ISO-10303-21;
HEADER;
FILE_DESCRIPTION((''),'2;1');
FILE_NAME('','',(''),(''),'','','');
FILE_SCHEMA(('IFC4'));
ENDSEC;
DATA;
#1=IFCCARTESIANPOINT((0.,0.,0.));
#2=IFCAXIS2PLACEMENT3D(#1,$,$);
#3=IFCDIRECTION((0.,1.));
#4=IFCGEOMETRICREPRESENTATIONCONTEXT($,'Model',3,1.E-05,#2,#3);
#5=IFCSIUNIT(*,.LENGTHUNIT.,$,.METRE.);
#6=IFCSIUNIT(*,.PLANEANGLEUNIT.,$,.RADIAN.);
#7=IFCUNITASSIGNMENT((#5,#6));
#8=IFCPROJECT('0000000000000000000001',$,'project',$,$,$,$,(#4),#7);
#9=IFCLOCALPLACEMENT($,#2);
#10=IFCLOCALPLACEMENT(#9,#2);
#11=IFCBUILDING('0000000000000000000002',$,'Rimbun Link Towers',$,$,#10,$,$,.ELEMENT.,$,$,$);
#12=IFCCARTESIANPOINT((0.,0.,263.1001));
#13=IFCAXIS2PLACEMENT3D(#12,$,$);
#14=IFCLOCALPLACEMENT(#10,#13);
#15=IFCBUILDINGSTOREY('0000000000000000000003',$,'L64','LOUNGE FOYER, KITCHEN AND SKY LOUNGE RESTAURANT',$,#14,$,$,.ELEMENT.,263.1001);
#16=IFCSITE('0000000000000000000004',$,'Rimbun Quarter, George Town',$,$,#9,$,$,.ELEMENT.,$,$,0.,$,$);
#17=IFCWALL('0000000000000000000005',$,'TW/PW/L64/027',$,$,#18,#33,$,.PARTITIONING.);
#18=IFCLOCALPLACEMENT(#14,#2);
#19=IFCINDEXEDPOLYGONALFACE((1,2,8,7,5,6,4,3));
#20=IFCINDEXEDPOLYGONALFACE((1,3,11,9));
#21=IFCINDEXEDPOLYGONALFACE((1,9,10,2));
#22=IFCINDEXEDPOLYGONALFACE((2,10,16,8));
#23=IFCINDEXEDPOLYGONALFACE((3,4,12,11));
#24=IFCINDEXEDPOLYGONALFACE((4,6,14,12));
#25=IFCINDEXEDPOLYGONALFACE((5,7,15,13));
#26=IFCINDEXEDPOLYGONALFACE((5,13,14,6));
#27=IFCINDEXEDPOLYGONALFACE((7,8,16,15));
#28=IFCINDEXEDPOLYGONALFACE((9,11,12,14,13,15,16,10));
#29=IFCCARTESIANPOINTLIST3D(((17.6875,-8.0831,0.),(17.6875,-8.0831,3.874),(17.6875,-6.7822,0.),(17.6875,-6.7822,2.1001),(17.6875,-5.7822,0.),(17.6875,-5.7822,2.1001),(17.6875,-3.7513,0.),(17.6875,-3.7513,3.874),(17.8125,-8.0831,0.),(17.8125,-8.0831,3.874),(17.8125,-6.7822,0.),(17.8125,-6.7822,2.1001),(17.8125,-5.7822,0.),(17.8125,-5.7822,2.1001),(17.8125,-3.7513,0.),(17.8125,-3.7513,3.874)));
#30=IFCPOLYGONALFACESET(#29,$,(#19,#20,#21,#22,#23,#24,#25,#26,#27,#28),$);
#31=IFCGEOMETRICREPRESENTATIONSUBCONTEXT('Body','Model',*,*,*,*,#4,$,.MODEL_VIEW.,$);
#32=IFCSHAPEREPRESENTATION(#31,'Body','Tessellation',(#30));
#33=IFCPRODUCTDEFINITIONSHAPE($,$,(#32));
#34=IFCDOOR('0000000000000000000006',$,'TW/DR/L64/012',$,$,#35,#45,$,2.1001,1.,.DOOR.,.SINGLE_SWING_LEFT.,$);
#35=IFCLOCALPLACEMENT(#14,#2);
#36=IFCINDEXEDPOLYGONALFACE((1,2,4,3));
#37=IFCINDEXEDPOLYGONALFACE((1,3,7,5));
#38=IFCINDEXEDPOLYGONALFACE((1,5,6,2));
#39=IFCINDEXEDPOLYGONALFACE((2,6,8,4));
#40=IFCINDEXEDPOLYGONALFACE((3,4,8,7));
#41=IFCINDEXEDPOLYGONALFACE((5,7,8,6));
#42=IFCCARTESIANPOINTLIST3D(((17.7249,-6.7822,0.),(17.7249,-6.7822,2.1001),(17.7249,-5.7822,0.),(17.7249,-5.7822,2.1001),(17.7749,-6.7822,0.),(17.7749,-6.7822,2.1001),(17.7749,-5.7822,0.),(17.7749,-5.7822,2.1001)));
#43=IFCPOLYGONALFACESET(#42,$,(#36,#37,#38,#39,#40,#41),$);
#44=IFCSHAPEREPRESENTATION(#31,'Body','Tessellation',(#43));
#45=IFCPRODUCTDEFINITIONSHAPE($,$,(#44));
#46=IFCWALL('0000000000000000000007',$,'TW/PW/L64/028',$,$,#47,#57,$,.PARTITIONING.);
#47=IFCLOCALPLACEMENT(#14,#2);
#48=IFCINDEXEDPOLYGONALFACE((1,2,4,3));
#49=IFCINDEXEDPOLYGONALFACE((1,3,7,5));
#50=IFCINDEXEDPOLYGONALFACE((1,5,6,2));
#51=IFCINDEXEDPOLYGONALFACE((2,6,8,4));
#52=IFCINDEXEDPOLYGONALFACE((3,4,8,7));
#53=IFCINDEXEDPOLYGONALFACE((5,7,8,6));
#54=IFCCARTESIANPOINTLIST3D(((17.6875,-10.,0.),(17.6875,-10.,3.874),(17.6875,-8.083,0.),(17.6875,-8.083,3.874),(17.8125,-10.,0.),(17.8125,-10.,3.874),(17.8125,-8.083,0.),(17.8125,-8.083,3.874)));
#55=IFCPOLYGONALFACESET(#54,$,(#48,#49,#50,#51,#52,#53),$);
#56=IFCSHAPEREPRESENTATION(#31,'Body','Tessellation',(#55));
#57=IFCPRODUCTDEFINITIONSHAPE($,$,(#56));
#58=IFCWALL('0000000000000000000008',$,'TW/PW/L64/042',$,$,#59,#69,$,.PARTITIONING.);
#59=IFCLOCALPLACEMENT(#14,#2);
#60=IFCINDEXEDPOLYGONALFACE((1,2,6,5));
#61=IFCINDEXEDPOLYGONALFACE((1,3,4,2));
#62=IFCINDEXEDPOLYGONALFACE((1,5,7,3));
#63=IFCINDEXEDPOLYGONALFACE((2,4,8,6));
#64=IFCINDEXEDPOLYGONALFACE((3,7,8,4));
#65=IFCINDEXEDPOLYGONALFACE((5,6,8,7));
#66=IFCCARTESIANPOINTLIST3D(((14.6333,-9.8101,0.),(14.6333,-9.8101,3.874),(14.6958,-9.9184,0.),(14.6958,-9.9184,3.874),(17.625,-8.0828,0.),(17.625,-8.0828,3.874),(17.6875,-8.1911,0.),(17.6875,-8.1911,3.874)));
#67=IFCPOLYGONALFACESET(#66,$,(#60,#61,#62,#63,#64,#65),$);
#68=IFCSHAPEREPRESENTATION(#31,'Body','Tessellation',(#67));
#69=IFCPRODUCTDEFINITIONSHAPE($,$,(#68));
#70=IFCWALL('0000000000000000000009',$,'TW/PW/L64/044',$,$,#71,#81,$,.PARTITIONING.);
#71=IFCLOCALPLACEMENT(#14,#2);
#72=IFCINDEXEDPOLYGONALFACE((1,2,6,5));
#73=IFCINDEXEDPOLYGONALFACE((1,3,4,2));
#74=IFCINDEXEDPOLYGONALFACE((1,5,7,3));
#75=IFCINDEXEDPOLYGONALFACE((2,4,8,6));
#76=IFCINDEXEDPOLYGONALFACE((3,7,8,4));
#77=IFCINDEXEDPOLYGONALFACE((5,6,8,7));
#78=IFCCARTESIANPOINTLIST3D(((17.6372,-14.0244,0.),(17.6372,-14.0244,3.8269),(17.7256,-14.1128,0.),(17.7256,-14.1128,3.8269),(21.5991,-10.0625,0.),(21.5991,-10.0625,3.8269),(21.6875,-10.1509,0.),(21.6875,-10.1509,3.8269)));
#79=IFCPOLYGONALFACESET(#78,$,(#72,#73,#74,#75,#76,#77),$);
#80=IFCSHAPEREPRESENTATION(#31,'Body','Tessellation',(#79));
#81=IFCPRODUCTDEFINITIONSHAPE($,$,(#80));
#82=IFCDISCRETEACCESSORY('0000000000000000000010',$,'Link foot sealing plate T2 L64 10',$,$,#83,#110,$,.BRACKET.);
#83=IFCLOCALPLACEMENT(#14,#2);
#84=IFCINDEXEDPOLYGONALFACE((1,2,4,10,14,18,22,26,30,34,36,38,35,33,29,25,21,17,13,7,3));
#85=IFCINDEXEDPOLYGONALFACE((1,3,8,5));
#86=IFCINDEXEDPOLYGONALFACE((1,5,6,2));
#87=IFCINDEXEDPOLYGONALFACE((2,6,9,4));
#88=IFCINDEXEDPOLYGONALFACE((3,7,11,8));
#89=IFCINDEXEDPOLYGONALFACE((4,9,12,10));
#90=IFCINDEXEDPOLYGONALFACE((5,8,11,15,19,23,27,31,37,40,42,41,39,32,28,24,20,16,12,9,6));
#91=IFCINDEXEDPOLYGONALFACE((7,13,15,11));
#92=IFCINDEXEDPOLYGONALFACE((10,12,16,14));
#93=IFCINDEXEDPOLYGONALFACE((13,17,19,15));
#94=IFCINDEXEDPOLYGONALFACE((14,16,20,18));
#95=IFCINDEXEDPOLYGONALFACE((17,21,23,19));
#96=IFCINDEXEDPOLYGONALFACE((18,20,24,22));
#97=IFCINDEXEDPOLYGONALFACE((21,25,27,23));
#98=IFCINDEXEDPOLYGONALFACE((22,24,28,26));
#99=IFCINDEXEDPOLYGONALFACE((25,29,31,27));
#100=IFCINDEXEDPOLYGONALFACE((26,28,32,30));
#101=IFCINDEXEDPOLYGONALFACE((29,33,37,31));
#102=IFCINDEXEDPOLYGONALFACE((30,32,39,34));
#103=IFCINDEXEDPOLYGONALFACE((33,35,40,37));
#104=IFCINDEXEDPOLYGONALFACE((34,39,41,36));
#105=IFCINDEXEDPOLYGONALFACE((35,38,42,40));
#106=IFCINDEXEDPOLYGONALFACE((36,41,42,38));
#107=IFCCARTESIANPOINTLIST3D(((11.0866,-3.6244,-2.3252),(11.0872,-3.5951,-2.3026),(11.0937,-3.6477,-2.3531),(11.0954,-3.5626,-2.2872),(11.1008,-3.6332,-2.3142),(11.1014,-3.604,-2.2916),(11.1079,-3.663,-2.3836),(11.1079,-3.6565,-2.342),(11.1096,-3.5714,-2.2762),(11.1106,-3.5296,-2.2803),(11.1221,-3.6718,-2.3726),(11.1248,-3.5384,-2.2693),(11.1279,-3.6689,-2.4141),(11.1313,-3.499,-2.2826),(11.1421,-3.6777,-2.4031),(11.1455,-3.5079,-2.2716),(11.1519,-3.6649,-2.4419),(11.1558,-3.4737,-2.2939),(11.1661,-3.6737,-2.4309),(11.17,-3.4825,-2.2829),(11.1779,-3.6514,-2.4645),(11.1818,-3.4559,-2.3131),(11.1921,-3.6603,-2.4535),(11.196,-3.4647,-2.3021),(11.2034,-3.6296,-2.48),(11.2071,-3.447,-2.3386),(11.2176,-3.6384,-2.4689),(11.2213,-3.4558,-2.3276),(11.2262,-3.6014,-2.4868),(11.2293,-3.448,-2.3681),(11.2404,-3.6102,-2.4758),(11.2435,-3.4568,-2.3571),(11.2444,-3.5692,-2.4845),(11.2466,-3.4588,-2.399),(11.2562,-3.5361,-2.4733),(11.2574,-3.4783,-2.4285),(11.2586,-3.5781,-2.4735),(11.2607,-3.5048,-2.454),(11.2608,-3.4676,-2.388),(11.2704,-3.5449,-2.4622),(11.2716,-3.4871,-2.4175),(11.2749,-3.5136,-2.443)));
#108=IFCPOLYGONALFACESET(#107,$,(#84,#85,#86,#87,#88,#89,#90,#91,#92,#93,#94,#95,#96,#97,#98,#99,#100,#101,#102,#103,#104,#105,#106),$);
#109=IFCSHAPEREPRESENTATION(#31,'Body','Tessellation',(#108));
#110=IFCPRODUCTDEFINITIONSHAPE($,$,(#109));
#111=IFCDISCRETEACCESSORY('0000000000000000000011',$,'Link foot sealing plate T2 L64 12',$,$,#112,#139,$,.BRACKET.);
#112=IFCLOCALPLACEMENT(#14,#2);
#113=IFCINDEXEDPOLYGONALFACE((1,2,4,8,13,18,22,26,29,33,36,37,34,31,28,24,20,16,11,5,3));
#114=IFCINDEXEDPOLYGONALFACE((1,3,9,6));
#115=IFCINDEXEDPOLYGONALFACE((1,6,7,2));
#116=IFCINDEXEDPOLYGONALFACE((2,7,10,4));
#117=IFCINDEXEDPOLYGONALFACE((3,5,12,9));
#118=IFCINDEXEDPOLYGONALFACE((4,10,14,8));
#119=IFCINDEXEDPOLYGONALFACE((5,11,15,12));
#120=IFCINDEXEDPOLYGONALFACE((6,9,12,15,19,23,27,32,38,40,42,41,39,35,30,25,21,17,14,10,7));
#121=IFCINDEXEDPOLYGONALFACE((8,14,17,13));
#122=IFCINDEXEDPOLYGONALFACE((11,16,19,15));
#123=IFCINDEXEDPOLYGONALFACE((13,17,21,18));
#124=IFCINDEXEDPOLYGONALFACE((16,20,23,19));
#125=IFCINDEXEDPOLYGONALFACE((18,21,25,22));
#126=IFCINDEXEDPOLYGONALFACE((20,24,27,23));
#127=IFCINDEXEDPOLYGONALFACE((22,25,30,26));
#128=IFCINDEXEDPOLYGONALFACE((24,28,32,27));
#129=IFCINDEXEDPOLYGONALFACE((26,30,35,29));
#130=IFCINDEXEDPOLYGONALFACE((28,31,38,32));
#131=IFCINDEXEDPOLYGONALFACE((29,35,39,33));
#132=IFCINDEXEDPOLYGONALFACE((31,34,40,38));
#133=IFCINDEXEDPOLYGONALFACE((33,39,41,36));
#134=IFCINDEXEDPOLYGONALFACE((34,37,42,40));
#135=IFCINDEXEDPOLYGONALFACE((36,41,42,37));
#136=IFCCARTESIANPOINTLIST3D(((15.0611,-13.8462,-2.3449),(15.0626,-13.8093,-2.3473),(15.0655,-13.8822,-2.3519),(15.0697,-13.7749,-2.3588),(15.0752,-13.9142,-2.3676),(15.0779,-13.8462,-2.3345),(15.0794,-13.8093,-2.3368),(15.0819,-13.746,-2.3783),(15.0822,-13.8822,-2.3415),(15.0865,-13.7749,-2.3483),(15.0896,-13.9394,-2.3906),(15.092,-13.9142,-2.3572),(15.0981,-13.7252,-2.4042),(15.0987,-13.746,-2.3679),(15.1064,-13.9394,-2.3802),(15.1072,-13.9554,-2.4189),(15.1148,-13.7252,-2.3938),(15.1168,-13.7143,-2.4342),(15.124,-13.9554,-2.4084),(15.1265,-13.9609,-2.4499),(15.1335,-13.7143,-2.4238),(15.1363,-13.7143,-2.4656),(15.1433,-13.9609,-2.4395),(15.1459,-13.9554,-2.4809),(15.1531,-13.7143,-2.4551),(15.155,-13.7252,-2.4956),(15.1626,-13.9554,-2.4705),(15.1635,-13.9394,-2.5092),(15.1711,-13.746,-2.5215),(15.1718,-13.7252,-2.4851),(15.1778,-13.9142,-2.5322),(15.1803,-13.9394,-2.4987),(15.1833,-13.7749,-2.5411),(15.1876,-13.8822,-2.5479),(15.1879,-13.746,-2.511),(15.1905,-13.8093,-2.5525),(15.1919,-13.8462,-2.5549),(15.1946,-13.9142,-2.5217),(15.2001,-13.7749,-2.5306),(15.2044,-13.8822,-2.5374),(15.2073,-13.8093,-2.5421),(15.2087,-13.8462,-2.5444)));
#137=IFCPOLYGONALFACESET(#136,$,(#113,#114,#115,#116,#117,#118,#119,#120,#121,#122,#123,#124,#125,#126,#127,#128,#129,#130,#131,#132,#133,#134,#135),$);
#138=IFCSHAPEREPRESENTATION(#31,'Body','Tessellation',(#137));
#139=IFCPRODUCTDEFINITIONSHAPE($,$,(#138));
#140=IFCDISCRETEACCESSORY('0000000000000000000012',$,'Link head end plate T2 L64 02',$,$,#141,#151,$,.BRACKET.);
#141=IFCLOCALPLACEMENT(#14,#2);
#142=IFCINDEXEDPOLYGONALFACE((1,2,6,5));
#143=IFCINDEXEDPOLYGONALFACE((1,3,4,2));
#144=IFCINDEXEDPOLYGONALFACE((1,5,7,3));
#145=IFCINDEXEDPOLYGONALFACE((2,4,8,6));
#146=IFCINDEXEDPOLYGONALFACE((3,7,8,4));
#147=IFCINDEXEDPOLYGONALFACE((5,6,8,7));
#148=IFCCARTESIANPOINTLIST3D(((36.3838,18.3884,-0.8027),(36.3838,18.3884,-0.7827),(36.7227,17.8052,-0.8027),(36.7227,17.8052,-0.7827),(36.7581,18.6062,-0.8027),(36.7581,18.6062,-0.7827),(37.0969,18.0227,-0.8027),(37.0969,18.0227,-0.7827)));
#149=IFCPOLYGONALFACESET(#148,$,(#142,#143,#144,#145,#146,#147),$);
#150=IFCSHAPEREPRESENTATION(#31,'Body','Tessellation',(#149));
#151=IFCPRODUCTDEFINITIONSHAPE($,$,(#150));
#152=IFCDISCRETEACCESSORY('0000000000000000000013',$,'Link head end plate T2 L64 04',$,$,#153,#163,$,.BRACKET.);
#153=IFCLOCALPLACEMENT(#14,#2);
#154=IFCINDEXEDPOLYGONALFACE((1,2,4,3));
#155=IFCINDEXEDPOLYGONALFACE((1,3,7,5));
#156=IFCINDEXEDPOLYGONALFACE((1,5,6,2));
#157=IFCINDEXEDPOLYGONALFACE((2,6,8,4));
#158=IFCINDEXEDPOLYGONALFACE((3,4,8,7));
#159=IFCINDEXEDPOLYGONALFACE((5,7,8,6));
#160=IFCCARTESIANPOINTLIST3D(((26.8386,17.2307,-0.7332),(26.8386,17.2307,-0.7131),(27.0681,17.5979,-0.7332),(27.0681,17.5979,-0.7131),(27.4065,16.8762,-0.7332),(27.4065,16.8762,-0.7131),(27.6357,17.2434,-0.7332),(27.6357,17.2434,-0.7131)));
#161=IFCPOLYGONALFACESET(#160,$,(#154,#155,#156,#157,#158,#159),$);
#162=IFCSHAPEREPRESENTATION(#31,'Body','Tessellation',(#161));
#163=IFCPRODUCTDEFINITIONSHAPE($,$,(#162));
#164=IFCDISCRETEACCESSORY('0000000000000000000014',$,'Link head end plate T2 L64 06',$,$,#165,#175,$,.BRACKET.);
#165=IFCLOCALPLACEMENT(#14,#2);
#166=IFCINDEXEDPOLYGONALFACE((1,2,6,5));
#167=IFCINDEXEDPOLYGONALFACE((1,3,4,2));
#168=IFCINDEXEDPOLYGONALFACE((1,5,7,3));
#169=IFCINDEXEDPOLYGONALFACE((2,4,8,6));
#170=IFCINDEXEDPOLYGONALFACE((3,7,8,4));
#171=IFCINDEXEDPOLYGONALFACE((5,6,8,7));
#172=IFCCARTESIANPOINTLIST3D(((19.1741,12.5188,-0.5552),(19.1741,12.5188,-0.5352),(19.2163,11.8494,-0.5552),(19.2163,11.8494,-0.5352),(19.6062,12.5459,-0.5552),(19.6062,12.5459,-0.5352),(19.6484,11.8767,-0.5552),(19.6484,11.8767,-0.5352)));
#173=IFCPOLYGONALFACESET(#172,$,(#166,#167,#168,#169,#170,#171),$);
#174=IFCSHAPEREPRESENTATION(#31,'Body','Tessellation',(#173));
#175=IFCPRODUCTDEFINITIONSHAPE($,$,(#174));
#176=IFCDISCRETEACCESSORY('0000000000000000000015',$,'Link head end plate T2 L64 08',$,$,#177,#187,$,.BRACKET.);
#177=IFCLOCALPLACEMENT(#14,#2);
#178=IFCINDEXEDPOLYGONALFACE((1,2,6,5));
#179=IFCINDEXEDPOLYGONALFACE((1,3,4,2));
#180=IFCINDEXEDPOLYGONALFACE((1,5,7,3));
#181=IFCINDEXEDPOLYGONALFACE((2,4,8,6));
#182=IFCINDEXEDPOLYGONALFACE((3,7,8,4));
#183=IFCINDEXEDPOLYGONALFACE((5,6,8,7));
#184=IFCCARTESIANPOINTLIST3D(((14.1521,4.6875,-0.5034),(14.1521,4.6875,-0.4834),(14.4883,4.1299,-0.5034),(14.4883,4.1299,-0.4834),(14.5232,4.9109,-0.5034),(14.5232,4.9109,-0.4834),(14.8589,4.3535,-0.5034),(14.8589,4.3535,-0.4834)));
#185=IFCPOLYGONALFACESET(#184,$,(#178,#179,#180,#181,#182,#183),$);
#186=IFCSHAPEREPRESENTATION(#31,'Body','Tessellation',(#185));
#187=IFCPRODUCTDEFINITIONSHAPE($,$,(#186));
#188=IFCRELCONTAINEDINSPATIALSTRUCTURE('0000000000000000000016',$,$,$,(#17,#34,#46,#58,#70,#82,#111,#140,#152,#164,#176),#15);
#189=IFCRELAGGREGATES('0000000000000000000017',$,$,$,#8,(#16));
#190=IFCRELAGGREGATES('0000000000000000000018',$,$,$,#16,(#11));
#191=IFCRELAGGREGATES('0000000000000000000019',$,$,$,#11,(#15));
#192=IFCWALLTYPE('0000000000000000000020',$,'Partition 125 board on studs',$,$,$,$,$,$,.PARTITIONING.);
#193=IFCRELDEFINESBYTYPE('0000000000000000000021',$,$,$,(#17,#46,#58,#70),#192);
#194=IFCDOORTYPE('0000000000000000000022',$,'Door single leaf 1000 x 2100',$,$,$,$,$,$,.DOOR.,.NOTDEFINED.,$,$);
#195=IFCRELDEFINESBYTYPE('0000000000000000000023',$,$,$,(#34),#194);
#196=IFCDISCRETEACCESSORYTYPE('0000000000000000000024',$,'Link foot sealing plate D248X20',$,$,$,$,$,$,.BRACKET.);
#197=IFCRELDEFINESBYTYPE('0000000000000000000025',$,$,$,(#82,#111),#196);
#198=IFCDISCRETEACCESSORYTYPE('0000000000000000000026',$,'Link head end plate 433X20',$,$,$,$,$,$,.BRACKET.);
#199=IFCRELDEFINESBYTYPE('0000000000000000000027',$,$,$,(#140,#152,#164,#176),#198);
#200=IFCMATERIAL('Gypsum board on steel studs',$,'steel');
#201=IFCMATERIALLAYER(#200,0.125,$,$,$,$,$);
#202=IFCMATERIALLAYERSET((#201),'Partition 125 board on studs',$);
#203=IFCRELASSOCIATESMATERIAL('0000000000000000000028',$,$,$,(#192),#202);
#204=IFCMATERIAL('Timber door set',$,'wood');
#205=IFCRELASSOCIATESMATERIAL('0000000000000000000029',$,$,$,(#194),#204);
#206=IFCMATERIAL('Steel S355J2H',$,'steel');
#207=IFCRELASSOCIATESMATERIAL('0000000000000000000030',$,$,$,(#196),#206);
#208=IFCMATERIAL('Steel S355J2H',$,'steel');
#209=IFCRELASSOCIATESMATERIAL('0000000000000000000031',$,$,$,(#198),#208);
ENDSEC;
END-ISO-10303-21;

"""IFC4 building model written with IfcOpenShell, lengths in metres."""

from ifc_helpers import new_model, si_unit, direction, frame, frame_2d, origin, origin_2d, place, context, subcontext, project, spatial, polyline, rectangle, circle, outline, extrude, material, layer, layer_set, material_profile, profile_set, type_object, element, fill, save


model = new_model("IFC4")

# Units and contexts
model_context = context("Model", 3, precision=1e-05, world=origin(), true_north=direction((0.0, 1.0)))
body_context = subcontext(model_context, "Body", "Model", "MODEL_VIEW")
ifc_project = project(units=[si_unit("LENGTHUNIT", "METRE"), si_unit("PLANEANGLEUNIT", "RADIAN")], contexts=[model_context])

# Site, building, storey
site_placement = place(None, origin())
site = spatial("IfcSite", under=ifc_project, at=site_placement, Name="Rimbun Quarter, George Town", CompositionType="ELEMENT", RefElevation=0.0)
building_placement = place(site_placement, origin())
building = spatial("IfcBuilding", under=site, at=building_placement, Name="Rimbun Link Towers", CompositionType="ELEMENT")
storey_placement = place(building_placement, frame((0.0, 0.0, 263.1001)))
storey = spatial("IfcBuildingStorey", under=building, at=storey_placement, Name="L64", Description="LOUNGE FOYER, KITCHEN AND SKY LOUNGE RESTAURANT", CompositionType="ELEMENT", Elevation=263.1001)

# Wall, opening, door
ifc_material_1 = material(Name="Gypsum board on steel studs", Category="steel")
ifc_layer_1 = layer(ifc_material_1, 0.125)
ifc_layer_set_1 = layer_set([ifc_layer_1], Name="Partition 125 board on studs")
wall_type_1 = type_object("IfcWallType", Name="Partition 125 board on studs", PredefinedType="PARTITIONING", material=ifc_layer_set_1)
wall_1_placement = place(storey_placement, frame((17.75, -3.7512, 0.0), z_axis=(0.0, 0.0, 1.0), x_axis=(0.0, -1.0, 0.0)))
wall_1 = element("IfcWall", 1, at=wall_1_placement, inside=storey, type_object=wall_type_1, Name="TW/PW/L64/027", PredefinedType="PARTITIONING", context=body_context, shape_type="SweptSolid", body=[
    extrude(rectangle(XDim=4.3318, YDim=0.125, at=frame_2d((2.166, 0.0))), origin(), (0.0, 0.0, 1.0), 3.874),
])
opening_placement = place(wall_1_placement, frame((2.031, 0.0, 0.0)))
opening = element("IfcOpeningElement", 2, at=opening_placement, cuts=wall_1, PredefinedType="OPENING", context=body_context, shape_type="SweptSolid", body=[
    extrude(rectangle(XDim=1.0, YDim=2.1001, at=frame_2d((0.5, 1.05))), frame((0.0, 0.0725, 0.0), z_axis=(0.0, -1.0, 0.0), x_axis=(1.0, 0.0, 0.0)), (0.0, 0.0, 1.0), 0.145),
])
ifc_material_2 = material(Name="Timber door set", Category="wood")
door_type = type_object("IfcDoorType", Name="Door single leaf 1000 x 2100", OperationType="NOTDEFINED", PredefinedType="DOOR", material=ifc_material_2)
door_placement = place(opening_placement, origin())
door = element("IfcDoor", 3, at=door_placement, inside=storey, type_object=door_type, Name="TW/DR/L64/012", OperationType="SINGLE_SWING_LEFT", OverallHeight=2.1001, OverallWidth=1.0, PredefinedType="DOOR", context=body_context, shape_type="SweptSolid", body=[
    extrude(rectangle(XDim=1.0, YDim=2.1001, at=frame_2d((0.5, 1.05))), frame((0.0, 0.0249, 0.0), z_axis=(0.0, -1.0, 0.0), x_axis=(1.0, 0.0, 0.0)), (0.0, 0.0, 1.0), 0.05),
])
fill(opening, door)

# Walls
wall_2_placement = place(storey_placement, frame((17.75, -8.083, 0.0), z_axis=(0.0, 0.0, 1.0), x_axis=(0.0, -1.0, 0.0)))
element("IfcWall", 4, at=wall_2_placement, inside=storey, type_object=wall_type_1, Name="TW/PW/L64/028", PredefinedType="PARTITIONING", context=body_context, shape_type="SweptSolid", body=[
    extrude(rectangle(XDim=1.917, YDim=0.125, at=frame_2d((0.9585, 0.0))), origin(), (0.0, 0.0, 1.0), 3.874),
])
wall_3_placement = place(storey_placement, frame((14.6646, -9.8643, 0.0), z_axis=(0.0, 0.0, 1.0), x_axis=(0.866021, 0.500008, 0.0)))
element("IfcWall", 5, at=wall_3_placement, inside=storey, type_object=wall_type_1, Name="TW/PW/L64/042", PredefinedType="PARTITIONING", context=body_context, shape_type="SweptSolid", body=[
    extrude(rectangle(XDim=3.4546, YDim=0.125, at=frame_2d((1.7273, 0.0))), origin(), (0.0, 0.0, 1.0), 3.874),
])
wall_4_placement = place(storey_placement, frame((17.6814, -14.0686, 0.0), z_axis=(0.0, 0.0, 1.0), x_axis=(0.707107, 0.707107, 0.0)))
element("IfcWall", 6, at=wall_4_placement, inside=storey, type_object=wall_type_1, Name="TW/PW/L64/044", PredefinedType="PARTITIONING", context=body_context, shape_type="SweptSolid", body=[
    extrude(rectangle(XDim=5.603, YDim=0.125, at=frame_2d((2.8015, 0.0))), origin(), (0.0, 0.0, 1.0), 3.8269),
])

# Discrete accessories
ifc_material_3 = material(Name="Steel S355J2H", Category="steel")
ifc_material_profile_1 = material_profile(ifc_material_3, circle(Radius=0.124, at=origin_2d()), Name="PL D248")
ifc_profile_set_1 = profile_set([ifc_material_profile_1], Name="Steel S355J2H")
discrete_accessory_type_1 = type_object("IfcDiscreteAccessoryType", Name="Link foot sealing plate D248X20", PredefinedType="BRACKET", material=ifc_profile_set_1)
discrete_accessory_1_placement = place(storey_placement, frame((11.1875, -3.5664, -2.3726), z_axis=(-0.709377, 0.440303, -0.550379), x_axis=(-0.527363, -0.84964, 0.0)))
element("IfcDiscreteAccessory", 7, at=discrete_accessory_1_placement, inside=storey, type_object=discrete_accessory_type_1, Name="Link foot sealing plate T2 L64 10", PredefinedType="BRACKET", context=body_context, shape_type="SweptSolid", body=[
    extrude(circle(Radius=0.124, at=origin_2d()), origin(), (0.0, 0.0, 1.0), 0.02),
])
discrete_accessory_2_placement = place(storey_placement, frame((15.1433, -13.8369, -2.4395), z_axis=(-0.848689, 0.0, -0.528893), x_axis=(0.0, -1.0, 0.0)))
element("IfcDiscreteAccessory", 8, at=discrete_accessory_2_placement, inside=storey, type_object=discrete_accessory_type_1, Name="Link foot sealing plate T2 L64 12", PredefinedType="BRACKET", context=body_context, shape_type="SweptSolid", body=[
    extrude(circle(Radius=0.124, at=origin_2d()), origin(), (0.0, 0.0, 1.0), 0.0198),
])
ifc_material_4 = material(Name="Steel S355J2H", Category="steel")
ifc_material_profile_2 = material_profile(ifc_material_4, rectangle(XDim=0.4331, YDim=0.4331, at=origin_2d()), Name="PL 433x433")
ifc_profile_set_2 = profile_set([ifc_material_profile_2], Name="Steel S355J2H")
discrete_accessory_type_2 = type_object("IfcDiscreteAccessoryType", Name="Link head end plate 433X20", PredefinedType="BRACKET", material=ifc_profile_set_2)
discrete_accessory_3_placement = place(storey_placement, frame((0.0, 0.0, -0.8027)))
element("IfcDiscreteAccessory", 9, at=discrete_accessory_3_placement, inside=storey, type_object=discrete_accessory_type_2, Name="Link head end plate T2 L64 02", PredefinedType="BRACKET", context=body_context, shape_type="SweptSolid", body=[
    extrude(outline(polyline([(37.0969, 18.0227), (36.7581, 18.6062), (36.3838, 18.3884), (36.7227, 17.8052), (37.0969, 18.0227)])), origin(), (0.0, 0.0, 1.0), 0.02),
])
discrete_accessory_4_placement = place(storey_placement, frame((0.0, 0.0, -0.7332)))
element("IfcDiscreteAccessory", 10, at=discrete_accessory_4_placement, inside=storey, type_object=discrete_accessory_type_2, Name="Link head end plate T2 L64 04", PredefinedType="BRACKET", context=body_context, shape_type="SweptSolid", body=[
    extrude(outline(polyline([(27.6357, 17.2434), (27.0681, 17.5979), (26.8386, 17.2307), (27.4065, 16.8762), (27.6357, 17.2434)])), origin(), (0.0, 0.0, 1.0), 0.02),
])
discrete_accessory_5_placement = place(storey_placement, frame((0.0, 0.0, -0.5552)))
element("IfcDiscreteAccessory", 11, at=discrete_accessory_5_placement, inside=storey, type_object=discrete_accessory_type_2, Name="Link head end plate T2 L64 06", PredefinedType="BRACKET", context=body_context, shape_type="SweptSolid", body=[
    extrude(outline(polyline([(19.6484, 11.8767), (19.6062, 12.5459), (19.1741, 12.5188), (19.2163, 11.8494), (19.6484, 11.8767)])), origin(), (0.0, 0.0, 1.0), 0.02),
])
discrete_accessory_6_placement = place(storey_placement, frame((0.0, 0.0, -0.5034)))
element("IfcDiscreteAccessory", 12, at=discrete_accessory_6_placement, inside=storey, type_object=discrete_accessory_type_2, Name="Link head end plate T2 L64 08", PredefinedType="BRACKET", context=body_context, shape_type="SweptSolid", body=[
    extrude(outline(polyline([(14.8589, 4.3535), (14.5232, 4.9109), (14.1521, 4.6875), (14.4883, 4.1299), (14.8589, 4.3535)])), origin(), (0.0, 0.0, 1.0), 0.02),
])

save(model, "model.ifc")
